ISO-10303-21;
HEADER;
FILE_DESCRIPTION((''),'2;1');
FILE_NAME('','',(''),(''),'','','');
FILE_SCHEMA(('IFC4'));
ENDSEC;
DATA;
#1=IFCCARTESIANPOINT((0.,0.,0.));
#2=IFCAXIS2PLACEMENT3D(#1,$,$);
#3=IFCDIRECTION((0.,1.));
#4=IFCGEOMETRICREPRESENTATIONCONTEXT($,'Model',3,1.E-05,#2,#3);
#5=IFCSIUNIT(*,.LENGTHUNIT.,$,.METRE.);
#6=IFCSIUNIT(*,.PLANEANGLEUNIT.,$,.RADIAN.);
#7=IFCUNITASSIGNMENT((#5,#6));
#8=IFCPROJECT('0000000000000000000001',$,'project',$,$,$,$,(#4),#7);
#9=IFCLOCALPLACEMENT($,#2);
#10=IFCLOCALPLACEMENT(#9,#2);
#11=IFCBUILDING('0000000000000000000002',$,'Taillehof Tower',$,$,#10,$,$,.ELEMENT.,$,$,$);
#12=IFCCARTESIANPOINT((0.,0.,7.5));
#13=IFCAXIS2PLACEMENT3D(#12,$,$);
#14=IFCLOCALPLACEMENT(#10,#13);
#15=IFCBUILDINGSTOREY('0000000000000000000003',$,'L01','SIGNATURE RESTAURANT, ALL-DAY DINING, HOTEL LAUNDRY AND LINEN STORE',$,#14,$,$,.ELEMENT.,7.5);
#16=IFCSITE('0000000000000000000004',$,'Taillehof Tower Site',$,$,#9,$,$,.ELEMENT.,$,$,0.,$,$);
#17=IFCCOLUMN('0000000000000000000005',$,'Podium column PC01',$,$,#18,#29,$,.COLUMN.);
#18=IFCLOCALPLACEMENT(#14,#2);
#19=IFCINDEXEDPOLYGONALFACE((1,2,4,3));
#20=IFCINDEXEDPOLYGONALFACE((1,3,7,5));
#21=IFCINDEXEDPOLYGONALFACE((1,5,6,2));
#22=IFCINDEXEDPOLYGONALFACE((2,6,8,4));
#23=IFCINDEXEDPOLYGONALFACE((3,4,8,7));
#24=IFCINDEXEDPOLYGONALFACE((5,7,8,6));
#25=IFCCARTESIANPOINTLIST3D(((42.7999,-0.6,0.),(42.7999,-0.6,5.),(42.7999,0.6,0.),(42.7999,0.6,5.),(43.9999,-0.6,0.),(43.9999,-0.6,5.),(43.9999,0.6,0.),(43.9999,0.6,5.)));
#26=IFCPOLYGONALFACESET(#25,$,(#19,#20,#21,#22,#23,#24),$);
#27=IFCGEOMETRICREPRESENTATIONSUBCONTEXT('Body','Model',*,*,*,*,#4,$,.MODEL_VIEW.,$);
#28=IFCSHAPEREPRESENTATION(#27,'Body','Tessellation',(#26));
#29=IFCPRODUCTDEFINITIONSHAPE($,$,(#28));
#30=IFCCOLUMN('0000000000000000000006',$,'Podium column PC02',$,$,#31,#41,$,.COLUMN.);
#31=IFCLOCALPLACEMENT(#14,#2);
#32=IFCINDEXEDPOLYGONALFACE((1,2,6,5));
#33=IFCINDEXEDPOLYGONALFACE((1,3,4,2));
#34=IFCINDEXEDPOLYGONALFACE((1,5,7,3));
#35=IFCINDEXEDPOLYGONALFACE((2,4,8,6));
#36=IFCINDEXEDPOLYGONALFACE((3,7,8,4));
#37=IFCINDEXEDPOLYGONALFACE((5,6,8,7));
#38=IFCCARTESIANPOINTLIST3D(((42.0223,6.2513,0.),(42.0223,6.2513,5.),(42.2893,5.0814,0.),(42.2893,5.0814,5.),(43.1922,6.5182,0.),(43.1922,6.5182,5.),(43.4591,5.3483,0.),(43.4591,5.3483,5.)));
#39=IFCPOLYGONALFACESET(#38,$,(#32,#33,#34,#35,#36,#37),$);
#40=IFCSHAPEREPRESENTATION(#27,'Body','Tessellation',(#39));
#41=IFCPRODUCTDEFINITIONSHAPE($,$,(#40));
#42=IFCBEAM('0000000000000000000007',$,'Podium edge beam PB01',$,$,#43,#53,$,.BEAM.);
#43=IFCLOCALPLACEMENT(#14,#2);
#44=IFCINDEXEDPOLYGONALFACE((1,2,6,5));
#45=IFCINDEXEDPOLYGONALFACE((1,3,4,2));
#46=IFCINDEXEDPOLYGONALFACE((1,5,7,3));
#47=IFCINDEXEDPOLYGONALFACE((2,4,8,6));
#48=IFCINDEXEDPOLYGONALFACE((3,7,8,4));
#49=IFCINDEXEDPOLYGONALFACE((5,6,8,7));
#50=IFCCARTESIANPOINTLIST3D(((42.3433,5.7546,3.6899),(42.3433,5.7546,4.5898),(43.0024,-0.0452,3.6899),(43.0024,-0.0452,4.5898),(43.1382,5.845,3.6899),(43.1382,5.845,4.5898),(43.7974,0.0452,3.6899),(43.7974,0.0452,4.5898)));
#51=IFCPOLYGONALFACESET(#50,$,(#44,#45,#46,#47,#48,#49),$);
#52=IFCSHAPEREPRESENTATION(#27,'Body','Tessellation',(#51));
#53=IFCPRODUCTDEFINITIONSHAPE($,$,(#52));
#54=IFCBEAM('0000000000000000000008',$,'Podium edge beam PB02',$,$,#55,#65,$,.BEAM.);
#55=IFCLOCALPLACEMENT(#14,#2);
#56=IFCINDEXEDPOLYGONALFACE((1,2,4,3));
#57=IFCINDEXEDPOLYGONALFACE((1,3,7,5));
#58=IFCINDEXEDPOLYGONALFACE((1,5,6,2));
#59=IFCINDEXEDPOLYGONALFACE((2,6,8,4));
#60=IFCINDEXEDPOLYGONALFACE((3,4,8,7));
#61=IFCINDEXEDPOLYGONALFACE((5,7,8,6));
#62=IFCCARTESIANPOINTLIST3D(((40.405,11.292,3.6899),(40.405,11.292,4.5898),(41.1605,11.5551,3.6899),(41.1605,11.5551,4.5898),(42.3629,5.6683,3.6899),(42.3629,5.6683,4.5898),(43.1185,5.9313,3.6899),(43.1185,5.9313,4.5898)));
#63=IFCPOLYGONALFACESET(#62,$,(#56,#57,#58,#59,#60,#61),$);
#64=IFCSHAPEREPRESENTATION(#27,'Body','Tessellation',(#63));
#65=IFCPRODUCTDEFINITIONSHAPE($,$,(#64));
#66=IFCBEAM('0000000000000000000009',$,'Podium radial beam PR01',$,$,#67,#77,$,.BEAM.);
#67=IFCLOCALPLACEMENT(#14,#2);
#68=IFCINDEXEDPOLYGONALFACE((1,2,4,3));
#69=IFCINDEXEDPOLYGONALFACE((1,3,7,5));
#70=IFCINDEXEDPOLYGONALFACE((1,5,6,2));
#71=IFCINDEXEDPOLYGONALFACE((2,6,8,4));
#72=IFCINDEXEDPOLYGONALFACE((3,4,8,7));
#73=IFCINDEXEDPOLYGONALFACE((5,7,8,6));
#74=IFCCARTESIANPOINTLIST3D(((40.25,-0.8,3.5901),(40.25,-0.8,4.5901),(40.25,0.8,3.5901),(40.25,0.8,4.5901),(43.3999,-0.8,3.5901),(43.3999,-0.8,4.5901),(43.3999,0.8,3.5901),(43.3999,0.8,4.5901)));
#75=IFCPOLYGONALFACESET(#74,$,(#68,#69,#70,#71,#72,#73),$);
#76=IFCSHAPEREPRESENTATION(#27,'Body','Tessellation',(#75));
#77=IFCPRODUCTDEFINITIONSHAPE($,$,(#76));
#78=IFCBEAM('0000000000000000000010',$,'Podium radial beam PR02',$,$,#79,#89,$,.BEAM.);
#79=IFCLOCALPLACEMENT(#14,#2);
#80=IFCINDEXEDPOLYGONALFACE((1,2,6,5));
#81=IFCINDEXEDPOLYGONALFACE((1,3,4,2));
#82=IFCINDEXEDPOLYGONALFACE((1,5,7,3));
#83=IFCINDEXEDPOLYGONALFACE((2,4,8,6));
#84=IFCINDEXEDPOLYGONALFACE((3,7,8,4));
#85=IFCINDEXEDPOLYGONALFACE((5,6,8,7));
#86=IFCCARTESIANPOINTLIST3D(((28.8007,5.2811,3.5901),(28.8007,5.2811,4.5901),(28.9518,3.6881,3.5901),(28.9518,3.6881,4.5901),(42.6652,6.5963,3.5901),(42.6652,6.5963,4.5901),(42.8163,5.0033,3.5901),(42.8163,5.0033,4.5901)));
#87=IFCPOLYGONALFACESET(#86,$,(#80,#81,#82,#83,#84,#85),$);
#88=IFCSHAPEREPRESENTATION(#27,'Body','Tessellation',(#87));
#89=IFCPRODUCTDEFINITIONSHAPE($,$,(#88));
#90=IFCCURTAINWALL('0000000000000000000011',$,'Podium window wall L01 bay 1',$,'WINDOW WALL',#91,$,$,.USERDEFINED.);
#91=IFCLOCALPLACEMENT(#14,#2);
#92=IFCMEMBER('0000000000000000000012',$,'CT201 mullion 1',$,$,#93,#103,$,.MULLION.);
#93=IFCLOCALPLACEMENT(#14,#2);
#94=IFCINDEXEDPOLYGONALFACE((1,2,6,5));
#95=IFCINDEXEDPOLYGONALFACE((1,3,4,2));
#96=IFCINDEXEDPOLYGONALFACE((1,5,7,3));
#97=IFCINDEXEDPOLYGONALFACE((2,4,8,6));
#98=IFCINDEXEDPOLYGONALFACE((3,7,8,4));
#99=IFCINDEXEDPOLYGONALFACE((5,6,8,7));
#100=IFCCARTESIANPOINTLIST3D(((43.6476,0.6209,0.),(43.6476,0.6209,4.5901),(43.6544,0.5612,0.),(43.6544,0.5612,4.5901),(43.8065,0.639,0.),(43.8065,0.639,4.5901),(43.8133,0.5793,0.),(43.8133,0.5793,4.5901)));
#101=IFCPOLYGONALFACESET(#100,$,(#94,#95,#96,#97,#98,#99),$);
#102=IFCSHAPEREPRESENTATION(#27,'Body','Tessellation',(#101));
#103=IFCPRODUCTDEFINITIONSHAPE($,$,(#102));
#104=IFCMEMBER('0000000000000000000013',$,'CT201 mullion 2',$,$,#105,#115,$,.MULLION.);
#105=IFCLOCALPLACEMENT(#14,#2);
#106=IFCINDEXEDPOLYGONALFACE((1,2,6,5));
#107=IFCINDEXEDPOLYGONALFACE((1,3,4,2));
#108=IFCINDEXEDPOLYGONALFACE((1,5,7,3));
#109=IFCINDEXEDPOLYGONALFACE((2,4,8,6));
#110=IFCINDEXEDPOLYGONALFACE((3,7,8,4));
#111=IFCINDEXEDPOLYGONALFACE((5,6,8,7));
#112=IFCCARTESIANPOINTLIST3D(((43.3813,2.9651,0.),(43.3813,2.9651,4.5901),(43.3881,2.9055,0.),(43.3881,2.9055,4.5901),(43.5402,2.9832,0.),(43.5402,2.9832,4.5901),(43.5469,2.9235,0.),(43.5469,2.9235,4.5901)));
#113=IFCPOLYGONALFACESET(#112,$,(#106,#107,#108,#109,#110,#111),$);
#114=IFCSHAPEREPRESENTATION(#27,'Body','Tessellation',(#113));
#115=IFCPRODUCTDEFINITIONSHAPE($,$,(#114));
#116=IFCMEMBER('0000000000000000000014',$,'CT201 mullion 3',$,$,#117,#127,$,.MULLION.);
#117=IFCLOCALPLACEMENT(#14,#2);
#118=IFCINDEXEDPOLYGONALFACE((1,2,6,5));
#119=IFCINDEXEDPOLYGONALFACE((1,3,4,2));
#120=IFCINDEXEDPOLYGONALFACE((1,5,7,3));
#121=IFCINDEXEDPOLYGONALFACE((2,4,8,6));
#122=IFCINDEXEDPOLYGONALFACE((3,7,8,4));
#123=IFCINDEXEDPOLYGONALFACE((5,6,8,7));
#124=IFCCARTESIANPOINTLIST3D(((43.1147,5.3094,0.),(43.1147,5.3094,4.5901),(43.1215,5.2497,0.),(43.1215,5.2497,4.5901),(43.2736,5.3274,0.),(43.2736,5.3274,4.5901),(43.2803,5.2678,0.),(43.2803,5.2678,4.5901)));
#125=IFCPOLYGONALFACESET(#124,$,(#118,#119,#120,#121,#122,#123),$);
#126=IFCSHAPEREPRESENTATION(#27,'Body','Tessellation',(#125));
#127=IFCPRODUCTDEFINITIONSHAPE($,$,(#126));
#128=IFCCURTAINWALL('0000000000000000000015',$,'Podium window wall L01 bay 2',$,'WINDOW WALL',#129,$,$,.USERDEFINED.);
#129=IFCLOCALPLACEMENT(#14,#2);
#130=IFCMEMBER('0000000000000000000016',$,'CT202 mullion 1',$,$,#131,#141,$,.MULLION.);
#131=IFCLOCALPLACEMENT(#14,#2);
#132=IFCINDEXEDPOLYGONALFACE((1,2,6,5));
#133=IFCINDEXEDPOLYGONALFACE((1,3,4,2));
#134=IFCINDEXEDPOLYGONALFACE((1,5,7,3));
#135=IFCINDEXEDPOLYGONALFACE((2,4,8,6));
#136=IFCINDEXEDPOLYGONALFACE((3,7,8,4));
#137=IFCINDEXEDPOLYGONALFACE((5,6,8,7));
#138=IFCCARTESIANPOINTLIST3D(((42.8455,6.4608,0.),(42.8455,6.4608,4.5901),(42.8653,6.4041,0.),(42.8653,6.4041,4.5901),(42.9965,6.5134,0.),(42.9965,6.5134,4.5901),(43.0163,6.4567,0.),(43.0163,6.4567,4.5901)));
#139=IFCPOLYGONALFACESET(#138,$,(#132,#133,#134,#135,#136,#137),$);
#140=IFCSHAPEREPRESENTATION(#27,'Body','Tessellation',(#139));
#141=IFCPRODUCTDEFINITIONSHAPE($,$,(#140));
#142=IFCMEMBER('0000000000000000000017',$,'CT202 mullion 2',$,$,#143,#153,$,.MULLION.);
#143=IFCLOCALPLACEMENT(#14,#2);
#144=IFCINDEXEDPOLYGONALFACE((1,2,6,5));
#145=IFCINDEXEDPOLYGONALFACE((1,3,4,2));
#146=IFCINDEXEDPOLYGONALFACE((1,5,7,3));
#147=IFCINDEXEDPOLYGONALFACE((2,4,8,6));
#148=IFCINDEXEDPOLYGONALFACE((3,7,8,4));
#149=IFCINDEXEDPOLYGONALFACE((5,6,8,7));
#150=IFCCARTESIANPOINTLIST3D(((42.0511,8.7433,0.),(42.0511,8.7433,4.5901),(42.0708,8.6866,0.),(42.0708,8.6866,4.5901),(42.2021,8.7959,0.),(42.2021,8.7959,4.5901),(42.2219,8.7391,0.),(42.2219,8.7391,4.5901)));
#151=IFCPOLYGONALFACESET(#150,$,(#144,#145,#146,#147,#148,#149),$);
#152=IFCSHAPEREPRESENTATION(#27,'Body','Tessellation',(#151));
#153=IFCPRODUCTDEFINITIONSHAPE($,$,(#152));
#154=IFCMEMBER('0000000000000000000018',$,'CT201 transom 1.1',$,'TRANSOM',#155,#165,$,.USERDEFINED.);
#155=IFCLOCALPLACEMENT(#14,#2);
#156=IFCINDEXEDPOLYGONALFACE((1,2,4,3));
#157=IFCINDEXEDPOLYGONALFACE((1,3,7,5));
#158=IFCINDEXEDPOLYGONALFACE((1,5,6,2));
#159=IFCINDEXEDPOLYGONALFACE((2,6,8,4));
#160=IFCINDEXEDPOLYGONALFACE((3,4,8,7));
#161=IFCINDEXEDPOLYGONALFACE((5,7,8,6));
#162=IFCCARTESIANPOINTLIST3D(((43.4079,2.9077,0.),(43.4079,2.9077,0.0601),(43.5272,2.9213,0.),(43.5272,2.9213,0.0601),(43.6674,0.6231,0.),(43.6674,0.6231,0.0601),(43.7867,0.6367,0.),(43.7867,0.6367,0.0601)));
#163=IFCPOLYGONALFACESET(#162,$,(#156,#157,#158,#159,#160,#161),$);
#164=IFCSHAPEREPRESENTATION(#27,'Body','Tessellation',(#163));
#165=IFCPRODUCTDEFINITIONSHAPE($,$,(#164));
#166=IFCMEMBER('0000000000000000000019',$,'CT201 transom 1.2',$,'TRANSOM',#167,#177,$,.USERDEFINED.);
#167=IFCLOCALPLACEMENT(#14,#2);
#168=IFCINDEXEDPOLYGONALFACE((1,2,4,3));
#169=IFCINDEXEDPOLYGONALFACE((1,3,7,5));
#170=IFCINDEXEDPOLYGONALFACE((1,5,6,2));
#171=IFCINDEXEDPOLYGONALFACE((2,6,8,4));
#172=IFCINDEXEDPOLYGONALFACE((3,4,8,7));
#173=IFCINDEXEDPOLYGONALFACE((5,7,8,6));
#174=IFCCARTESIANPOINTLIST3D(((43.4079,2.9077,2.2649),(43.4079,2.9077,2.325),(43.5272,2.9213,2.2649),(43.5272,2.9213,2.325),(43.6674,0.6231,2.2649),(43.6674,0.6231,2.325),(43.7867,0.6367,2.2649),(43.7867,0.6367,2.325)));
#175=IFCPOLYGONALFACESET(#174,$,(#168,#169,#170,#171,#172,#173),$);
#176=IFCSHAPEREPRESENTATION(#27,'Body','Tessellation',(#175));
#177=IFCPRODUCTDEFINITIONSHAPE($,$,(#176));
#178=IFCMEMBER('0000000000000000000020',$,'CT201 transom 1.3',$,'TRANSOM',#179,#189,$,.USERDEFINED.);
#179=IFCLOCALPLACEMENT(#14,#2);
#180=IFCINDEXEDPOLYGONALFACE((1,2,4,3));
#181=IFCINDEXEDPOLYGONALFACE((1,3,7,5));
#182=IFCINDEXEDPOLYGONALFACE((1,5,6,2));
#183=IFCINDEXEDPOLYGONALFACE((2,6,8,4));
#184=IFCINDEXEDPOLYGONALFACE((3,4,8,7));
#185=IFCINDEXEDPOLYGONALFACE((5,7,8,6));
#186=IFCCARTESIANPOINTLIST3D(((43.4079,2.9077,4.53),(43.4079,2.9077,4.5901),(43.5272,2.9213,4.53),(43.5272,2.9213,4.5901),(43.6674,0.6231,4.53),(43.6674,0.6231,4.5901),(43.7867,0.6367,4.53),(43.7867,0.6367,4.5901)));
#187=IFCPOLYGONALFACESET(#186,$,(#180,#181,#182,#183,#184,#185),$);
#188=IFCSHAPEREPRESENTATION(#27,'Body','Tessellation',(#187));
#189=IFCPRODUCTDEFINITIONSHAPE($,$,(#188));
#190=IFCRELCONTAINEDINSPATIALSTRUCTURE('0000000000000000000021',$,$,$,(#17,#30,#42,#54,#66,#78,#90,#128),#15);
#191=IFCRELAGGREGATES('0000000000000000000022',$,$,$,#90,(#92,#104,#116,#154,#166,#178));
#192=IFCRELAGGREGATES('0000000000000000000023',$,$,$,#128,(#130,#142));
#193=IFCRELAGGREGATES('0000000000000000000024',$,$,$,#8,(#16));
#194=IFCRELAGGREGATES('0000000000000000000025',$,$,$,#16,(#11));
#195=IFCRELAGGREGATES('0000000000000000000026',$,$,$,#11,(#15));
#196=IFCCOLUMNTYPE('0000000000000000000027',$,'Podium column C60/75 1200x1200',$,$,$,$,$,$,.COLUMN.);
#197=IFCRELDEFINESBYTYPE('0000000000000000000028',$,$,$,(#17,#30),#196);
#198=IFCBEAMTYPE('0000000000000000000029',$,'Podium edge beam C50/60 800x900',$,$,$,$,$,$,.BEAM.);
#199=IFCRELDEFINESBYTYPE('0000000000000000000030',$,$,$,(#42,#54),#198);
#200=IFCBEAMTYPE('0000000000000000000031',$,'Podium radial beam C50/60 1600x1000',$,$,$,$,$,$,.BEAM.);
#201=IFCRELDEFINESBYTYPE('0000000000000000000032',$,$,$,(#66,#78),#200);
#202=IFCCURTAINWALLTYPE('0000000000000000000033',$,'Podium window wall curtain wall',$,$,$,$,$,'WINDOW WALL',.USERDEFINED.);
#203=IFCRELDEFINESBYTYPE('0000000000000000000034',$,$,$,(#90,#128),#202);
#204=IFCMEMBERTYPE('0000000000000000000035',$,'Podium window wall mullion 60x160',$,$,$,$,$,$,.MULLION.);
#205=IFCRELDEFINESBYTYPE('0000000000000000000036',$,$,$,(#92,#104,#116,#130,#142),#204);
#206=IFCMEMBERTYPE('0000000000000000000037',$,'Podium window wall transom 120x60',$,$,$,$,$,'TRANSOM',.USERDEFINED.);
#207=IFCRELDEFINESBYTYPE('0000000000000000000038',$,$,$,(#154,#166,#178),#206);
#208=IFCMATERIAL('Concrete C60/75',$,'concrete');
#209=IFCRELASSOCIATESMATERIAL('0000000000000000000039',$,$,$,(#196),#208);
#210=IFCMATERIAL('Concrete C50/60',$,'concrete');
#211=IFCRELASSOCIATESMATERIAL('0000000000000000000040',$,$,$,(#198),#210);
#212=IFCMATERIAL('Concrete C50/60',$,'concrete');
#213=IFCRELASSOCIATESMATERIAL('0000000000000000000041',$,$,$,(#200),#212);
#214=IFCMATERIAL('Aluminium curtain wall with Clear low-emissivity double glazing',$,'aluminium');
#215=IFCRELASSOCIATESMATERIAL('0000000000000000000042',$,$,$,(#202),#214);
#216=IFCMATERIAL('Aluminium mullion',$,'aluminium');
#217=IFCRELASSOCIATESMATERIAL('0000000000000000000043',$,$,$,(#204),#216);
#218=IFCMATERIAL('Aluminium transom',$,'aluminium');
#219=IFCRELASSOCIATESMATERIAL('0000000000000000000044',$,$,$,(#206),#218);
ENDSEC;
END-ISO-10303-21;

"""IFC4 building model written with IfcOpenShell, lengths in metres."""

from ifc_helpers import new_model, si_unit, direction, frame, origin, origin_2d, place, context, subcontext, project, spatial, rectangle, extrude, material, material_profile, profile_set, type_object, element, aggregate, save


model = new_model("IFC4")

# Units and contexts
model_context = context("Model", 3, precision=1e-05, world=origin(), true_north=direction((0.0, 1.0)))
body_context = subcontext(model_context, "Body", "Model", "MODEL_VIEW")
ifc_project = project(units=[si_unit("LENGTHUNIT", "METRE"), si_unit("PLANEANGLEUNIT", "RADIAN")], contexts=[model_context])

# Site, building, storey
site_placement = place(None, origin())
site = spatial("IfcSite", under=ifc_project, at=site_placement, Name="Taillehof Tower Site", CompositionType="ELEMENT", RefElevation=0.0)
building_placement = place(site_placement, origin())
building = spatial("IfcBuilding", under=site, at=building_placement, Name="Taillehof Tower", CompositionType="ELEMENT")
storey_placement = place(building_placement, frame((0.0, 0.0, 7.5)))
storey = spatial("IfcBuildingStorey", under=building, at=storey_placement, Name="L01", Description="SIGNATURE RESTAURANT, ALL-DAY DINING, HOTEL LAUNDRY AND LINEN STORE", CompositionType="ELEMENT", Elevation=7.5)

# Columns
ifc_material_1 = material(Name="Concrete C60/75", Category="concrete")
ifc_material_profile_1 = material_profile(ifc_material_1, rectangle(XDim=1.2, YDim=1.2, at=origin_2d()), Name="RC 1200x1200")
ifc_profile_set_1 = profile_set([ifc_material_profile_1], Name="Concrete C60/75")
column_type = type_object("IfcColumnType", Name="Podium column C60/75 1200x1200", PredefinedType="COLUMN", material=ifc_profile_set_1)
for number, where, z_axis, x_axis, name in (
    (1, (43.3999, 0.0, 0.0), (0.0, 0.0, 1.0), (1.0, 0.0, 0.0), "Podium column PC01"),
    (2, (42.7407, 5.7998, 0.0), (0.0, 0.0, 1.0), (0.97494, 0.222469, 0.0), "Podium column PC02"),
):
    element("IfcColumn", number, at=place(storey_placement, frame(where, z_axis=z_axis, x_axis=x_axis)), inside=storey, type_object=column_type, Name=name, PredefinedType="COLUMN", context=body_context, shape_type="SweptSolid", body=[
        extrude(rectangle(XDim=1.2, YDim=1.2, at=origin_2d()), origin(), (0.0, 0.0, 1.0), 5.0),
    ])

# Beams
ifc_material_2 = material(Name="Concrete C50/60", Category="concrete")
ifc_material_profile_2 = material_profile(ifc_material_2, rectangle(XDim=0.8, YDim=0.8999, at=origin_2d()), Name="RC 800x900")
ifc_profile_set_2 = profile_set([ifc_material_profile_2], Name="Concrete C50/60")
beam_type_1 = type_object("IfcBeamType", Name="Podium edge beam C50/60 800x900", PredefinedType="BEAM", material=ifc_profile_set_2)
beam_1_placement = place(storey_placement, frame((43.3999, 0.0, 4.1399), z_axis=(-0.112928, 0.993603, 0.0), x_axis=(-0.993603, -0.112928, 0.0)))
element("IfcBeam", 3, at=beam_1_placement, inside=storey, type_object=beam_type_1, Name="Podium edge beam PB01", PredefinedType="BEAM", context=body_context, shape_type="SweptSolid", body=[
    extrude(rectangle(XDim=0.8, YDim=0.8999, at=origin_2d()), origin(), (0.0, 0.0, 1.0), 5.8372),
])
beam_2_placement = place(storey_placement, frame((42.7407, 5.7998, 4.1399), z_axis=(-0.328807, 0.944397, 0.0), x_axis=(-0.944397, -0.328807, 0.0)))
element("IfcBeam", 4, at=beam_2_placement, inside=storey, type_object=beam_type_1, Name="Podium edge beam PB02", PredefinedType="BEAM", context=body_context, shape_type="SweptSolid", body=[
    extrude(rectangle(XDim=0.8, YDim=0.8999, at=origin_2d()), origin(), (0.0, 0.0, 1.0), 5.9548),
])
ifc_material_3 = material(Name="Concrete C50/60", Category="concrete")
ifc_material_profile_3 = material_profile(ifc_material_3, rectangle(XDim=1.6001, YDim=1.0, at=origin_2d()), Name="RC 1600x1000")
ifc_profile_set_3 = profile_set([ifc_material_profile_3], Name="Concrete C50/60")
beam_type_2 = type_object("IfcBeamType", Name="Podium radial beam C50/60 1600x1000", PredefinedType="BEAM", material=ifc_profile_set_3)
beam_3_placement = place(storey_placement, frame((43.3999, 0.0, 4.0901), z_axis=(-1.0, 0.0, 0.0), x_axis=(0.0, -1.0, 0.0)))
element("IfcBeam", 5, at=beam_3_placement, inside=storey, type_object=beam_type_2, Name="Podium radial beam PR01", PredefinedType="BEAM", context=body_context, shape_type="SweptSolid", body=[
    extrude(rectangle(XDim=1.6001, YDim=1.0, at=origin_2d()), origin(), (0.0, 0.0, 1.0), 3.1499),
])
beam_4_placement = place(storey_placement, frame((42.7407, 5.7998, 4.0901), z_axis=(-0.995531, -0.094436, 0.0), x_axis=(0.094436, -0.995531, 0.0)))
element("IfcBeam", 6, at=beam_4_placement, inside=storey, type_object=beam_type_2, Name="Podium radial beam PR02", PredefinedType="BEAM", context=body_context, shape_type="SweptSolid", body=[
    extrude(rectangle(XDim=1.6001, YDim=1.0, at=origin_2d()), origin(), (0.0, 0.0, 1.0), 13.9268),
])

# Curtain walls, members
ifc_material_4 = material(Name="Aluminium curtain wall with Clear low-emissivity double glazing", Category="aluminium")
curtain_wall_type = type_object("IfcCurtainWallType", Name="Podium window wall curtain wall", ElementType="WINDOW WALL", PredefinedType="USERDEFINED", material=ifc_material_4)
curtain_wall_1_placement = place(storey_placement, origin())
curtain_wall_1 = element("IfcCurtainWall", 7, at=curtain_wall_1_placement, inside=storey, type_object=curtain_wall_type, Name="Podium window wall L01 bay 1", ObjectType="WINDOW WALL", PredefinedType="USERDEFINED")
ifc_material_5 = material(Name="Aluminium mullion", Category="aluminium")
ifc_material_profile_4 = material_profile(ifc_material_5, rectangle(XDim=0.1599, YDim=0.0601, at=origin_2d()), Name="AL 60x160")
ifc_profile_set_4 = profile_set([ifc_material_profile_4], Name="Aluminium mullion")
member_type_1 = type_object("IfcMemberType", Name="Podium window wall mullion 60x160", PredefinedType="MULLION", material=ifc_profile_set_4)
member_1_placement = place(storey_placement, frame((43.7305, 0.6001, 0.0), z_axis=(0.0, 0.0, 1.0), x_axis=(-0.993603, -0.112932, 0.0)))
member_1 = element("IfcMember", 8, at=member_1_placement, type_object=member_type_1, Name="CT201 mullion 1", PredefinedType="MULLION", context=body_context, shape_type="SweptSolid", body=[
    extrude(rectangle(XDim=0.1599, YDim=0.0601, at=origin_2d()), origin(), (0.0, 0.0, 1.0), 4.5901),
])
member_2_placement = place(storey_placement, frame((43.4641, 2.9443, 0.0), z_axis=(0.0, 0.0, 1.0), x_axis=(-0.993603, -0.112932, 0.0)))
member_2 = element("IfcMember", 9, at=member_2_placement, type_object=member_type_1, Name="CT201 mullion 2", PredefinedType="MULLION", context=body_context, shape_type="SweptSolid", body=[
    extrude(rectangle(XDim=0.1599, YDim=0.0601, at=origin_2d()), origin(), (0.0, 0.0, 1.0), 4.5901),
])
member_3_placement = place(storey_placement, frame((43.1975, 5.2886, 0.0), z_axis=(0.0, 0.0, 1.0), x_axis=(-0.993603, -0.112932, 0.0)))
member_3 = element("IfcMember", 10, at=member_3_placement, type_object=member_type_1, Name="CT201 mullion 3", PredefinedType="MULLION", context=body_context, shape_type="SweptSolid", body=[
    extrude(rectangle(XDim=0.1599, YDim=0.0601, at=origin_2d()), origin(), (0.0, 0.0, 1.0), 4.5901),
])
curtain_wall_2_placement = place(storey_placement, origin())
curtain_wall_2 = element("IfcCurtainWall", 11, at=curtain_wall_2_placement, inside=storey, type_object=curtain_wall_type, Name="Podium window wall L01 bay 2", ObjectType="WINDOW WALL", PredefinedType="USERDEFINED")
member_4_placement = place(storey_placement, frame((42.9309, 6.4587, 0.0), z_axis=(0.0, 0.0, 1.0), x_axis=(-0.944414, -0.328758, 0.0)))
member_4 = element("IfcMember", 12, at=member_4_placement, type_object=member_type_1, Name="CT202 mullion 1", PredefinedType="MULLION", context=body_context, shape_type="SweptSolid", body=[
    extrude(rectangle(XDim=0.1599, YDim=0.0601, at=origin_2d()), origin(), (0.0, 0.0, 1.0), 4.5901),
])
member_5_placement = place(storey_placement, frame((42.1365, 8.7412, 0.0), z_axis=(0.0, 0.0, 1.0), x_axis=(-0.944414, -0.328758, 0.0)))
member_5 = element("IfcMember", 13, at=member_5_placement, type_object=member_type_1, Name="CT202 mullion 2", PredefinedType="MULLION", context=body_context, shape_type="SweptSolid", body=[
    extrude(rectangle(XDim=0.1599, YDim=0.0601, at=origin_2d()), origin(), (0.0, 0.0, 1.0), 4.5901),
])

# Members
ifc_material_6 = material(Name="Aluminium transom", Category="aluminium")
ifc_material_profile_5 = material_profile(ifc_material_6, rectangle(XDim=0.1201, YDim=0.0601, at=origin_2d()), Name="AL 120x60")
ifc_profile_set_5 = profile_set([ifc_material_profile_5], Name="Aluminium transom")
member_type_2 = type_object("IfcMemberType", Name="Podium window wall transom 120x60", ElementType="TRANSOM", PredefinedType="USERDEFINED", material=ifc_profile_set_5)
member_6_placement = place(storey_placement, frame((43.7271, 0.6299, 0.03), z_axis=(-0.112867, 0.99361, 0.0), x_axis=(-0.99361, -0.112867, 0.0)))
member_6 = element("IfcMember", 14, at=member_6_placement, type_object=member_type_2, Name="CT201 transom 1.1", ObjectType="TRANSOM", PredefinedType="USERDEFINED", context=body_context, shape_type="SweptSolid", body=[
    extrude(rectangle(XDim=0.1201, YDim=0.0601, at=origin_2d()), origin(), (0.0, 0.0, 1.0), 2.2993),
])
member_7_placement = place(storey_placement, frame((43.7271, 0.6299, 2.2949), z_axis=(-0.112867, 0.99361, 0.0), x_axis=(-0.99361, -0.112867, 0.0)))
member_7 = element("IfcMember", 15, at=member_7_placement, type_object=member_type_2, Name="CT201 transom 1.2", ObjectType="TRANSOM", PredefinedType="USERDEFINED", context=body_context, shape_type="SweptSolid", body=[
    extrude(rectangle(XDim=0.1201, YDim=0.0601, at=origin_2d()), origin(), (0.0, 0.0, 1.0), 2.2993),
])
member_8_placement = place(storey_placement, frame((43.7271, 0.6299, 4.5601), z_axis=(-0.112867, 0.99361, 0.0), x_axis=(-0.99361, -0.112867, 0.0)))
member_8 = element("IfcMember", 16, at=member_8_placement, type_object=member_type_2, Name="CT201 transom 1.3", ObjectType="TRANSOM", PredefinedType="USERDEFINED", context=body_context, shape_type="SweptSolid", body=[
    extrude(rectangle(XDim=0.1201, YDim=0.0601, at=origin_2d()), origin(), (0.0, 0.0, 1.0), 2.2993),
])

aggregate(curtain_wall_1, [member_1, member_2, member_3, member_6, member_7, member_8])
aggregate(curtain_wall_2, [member_4, member_5])

save(model, "model.ifc")
